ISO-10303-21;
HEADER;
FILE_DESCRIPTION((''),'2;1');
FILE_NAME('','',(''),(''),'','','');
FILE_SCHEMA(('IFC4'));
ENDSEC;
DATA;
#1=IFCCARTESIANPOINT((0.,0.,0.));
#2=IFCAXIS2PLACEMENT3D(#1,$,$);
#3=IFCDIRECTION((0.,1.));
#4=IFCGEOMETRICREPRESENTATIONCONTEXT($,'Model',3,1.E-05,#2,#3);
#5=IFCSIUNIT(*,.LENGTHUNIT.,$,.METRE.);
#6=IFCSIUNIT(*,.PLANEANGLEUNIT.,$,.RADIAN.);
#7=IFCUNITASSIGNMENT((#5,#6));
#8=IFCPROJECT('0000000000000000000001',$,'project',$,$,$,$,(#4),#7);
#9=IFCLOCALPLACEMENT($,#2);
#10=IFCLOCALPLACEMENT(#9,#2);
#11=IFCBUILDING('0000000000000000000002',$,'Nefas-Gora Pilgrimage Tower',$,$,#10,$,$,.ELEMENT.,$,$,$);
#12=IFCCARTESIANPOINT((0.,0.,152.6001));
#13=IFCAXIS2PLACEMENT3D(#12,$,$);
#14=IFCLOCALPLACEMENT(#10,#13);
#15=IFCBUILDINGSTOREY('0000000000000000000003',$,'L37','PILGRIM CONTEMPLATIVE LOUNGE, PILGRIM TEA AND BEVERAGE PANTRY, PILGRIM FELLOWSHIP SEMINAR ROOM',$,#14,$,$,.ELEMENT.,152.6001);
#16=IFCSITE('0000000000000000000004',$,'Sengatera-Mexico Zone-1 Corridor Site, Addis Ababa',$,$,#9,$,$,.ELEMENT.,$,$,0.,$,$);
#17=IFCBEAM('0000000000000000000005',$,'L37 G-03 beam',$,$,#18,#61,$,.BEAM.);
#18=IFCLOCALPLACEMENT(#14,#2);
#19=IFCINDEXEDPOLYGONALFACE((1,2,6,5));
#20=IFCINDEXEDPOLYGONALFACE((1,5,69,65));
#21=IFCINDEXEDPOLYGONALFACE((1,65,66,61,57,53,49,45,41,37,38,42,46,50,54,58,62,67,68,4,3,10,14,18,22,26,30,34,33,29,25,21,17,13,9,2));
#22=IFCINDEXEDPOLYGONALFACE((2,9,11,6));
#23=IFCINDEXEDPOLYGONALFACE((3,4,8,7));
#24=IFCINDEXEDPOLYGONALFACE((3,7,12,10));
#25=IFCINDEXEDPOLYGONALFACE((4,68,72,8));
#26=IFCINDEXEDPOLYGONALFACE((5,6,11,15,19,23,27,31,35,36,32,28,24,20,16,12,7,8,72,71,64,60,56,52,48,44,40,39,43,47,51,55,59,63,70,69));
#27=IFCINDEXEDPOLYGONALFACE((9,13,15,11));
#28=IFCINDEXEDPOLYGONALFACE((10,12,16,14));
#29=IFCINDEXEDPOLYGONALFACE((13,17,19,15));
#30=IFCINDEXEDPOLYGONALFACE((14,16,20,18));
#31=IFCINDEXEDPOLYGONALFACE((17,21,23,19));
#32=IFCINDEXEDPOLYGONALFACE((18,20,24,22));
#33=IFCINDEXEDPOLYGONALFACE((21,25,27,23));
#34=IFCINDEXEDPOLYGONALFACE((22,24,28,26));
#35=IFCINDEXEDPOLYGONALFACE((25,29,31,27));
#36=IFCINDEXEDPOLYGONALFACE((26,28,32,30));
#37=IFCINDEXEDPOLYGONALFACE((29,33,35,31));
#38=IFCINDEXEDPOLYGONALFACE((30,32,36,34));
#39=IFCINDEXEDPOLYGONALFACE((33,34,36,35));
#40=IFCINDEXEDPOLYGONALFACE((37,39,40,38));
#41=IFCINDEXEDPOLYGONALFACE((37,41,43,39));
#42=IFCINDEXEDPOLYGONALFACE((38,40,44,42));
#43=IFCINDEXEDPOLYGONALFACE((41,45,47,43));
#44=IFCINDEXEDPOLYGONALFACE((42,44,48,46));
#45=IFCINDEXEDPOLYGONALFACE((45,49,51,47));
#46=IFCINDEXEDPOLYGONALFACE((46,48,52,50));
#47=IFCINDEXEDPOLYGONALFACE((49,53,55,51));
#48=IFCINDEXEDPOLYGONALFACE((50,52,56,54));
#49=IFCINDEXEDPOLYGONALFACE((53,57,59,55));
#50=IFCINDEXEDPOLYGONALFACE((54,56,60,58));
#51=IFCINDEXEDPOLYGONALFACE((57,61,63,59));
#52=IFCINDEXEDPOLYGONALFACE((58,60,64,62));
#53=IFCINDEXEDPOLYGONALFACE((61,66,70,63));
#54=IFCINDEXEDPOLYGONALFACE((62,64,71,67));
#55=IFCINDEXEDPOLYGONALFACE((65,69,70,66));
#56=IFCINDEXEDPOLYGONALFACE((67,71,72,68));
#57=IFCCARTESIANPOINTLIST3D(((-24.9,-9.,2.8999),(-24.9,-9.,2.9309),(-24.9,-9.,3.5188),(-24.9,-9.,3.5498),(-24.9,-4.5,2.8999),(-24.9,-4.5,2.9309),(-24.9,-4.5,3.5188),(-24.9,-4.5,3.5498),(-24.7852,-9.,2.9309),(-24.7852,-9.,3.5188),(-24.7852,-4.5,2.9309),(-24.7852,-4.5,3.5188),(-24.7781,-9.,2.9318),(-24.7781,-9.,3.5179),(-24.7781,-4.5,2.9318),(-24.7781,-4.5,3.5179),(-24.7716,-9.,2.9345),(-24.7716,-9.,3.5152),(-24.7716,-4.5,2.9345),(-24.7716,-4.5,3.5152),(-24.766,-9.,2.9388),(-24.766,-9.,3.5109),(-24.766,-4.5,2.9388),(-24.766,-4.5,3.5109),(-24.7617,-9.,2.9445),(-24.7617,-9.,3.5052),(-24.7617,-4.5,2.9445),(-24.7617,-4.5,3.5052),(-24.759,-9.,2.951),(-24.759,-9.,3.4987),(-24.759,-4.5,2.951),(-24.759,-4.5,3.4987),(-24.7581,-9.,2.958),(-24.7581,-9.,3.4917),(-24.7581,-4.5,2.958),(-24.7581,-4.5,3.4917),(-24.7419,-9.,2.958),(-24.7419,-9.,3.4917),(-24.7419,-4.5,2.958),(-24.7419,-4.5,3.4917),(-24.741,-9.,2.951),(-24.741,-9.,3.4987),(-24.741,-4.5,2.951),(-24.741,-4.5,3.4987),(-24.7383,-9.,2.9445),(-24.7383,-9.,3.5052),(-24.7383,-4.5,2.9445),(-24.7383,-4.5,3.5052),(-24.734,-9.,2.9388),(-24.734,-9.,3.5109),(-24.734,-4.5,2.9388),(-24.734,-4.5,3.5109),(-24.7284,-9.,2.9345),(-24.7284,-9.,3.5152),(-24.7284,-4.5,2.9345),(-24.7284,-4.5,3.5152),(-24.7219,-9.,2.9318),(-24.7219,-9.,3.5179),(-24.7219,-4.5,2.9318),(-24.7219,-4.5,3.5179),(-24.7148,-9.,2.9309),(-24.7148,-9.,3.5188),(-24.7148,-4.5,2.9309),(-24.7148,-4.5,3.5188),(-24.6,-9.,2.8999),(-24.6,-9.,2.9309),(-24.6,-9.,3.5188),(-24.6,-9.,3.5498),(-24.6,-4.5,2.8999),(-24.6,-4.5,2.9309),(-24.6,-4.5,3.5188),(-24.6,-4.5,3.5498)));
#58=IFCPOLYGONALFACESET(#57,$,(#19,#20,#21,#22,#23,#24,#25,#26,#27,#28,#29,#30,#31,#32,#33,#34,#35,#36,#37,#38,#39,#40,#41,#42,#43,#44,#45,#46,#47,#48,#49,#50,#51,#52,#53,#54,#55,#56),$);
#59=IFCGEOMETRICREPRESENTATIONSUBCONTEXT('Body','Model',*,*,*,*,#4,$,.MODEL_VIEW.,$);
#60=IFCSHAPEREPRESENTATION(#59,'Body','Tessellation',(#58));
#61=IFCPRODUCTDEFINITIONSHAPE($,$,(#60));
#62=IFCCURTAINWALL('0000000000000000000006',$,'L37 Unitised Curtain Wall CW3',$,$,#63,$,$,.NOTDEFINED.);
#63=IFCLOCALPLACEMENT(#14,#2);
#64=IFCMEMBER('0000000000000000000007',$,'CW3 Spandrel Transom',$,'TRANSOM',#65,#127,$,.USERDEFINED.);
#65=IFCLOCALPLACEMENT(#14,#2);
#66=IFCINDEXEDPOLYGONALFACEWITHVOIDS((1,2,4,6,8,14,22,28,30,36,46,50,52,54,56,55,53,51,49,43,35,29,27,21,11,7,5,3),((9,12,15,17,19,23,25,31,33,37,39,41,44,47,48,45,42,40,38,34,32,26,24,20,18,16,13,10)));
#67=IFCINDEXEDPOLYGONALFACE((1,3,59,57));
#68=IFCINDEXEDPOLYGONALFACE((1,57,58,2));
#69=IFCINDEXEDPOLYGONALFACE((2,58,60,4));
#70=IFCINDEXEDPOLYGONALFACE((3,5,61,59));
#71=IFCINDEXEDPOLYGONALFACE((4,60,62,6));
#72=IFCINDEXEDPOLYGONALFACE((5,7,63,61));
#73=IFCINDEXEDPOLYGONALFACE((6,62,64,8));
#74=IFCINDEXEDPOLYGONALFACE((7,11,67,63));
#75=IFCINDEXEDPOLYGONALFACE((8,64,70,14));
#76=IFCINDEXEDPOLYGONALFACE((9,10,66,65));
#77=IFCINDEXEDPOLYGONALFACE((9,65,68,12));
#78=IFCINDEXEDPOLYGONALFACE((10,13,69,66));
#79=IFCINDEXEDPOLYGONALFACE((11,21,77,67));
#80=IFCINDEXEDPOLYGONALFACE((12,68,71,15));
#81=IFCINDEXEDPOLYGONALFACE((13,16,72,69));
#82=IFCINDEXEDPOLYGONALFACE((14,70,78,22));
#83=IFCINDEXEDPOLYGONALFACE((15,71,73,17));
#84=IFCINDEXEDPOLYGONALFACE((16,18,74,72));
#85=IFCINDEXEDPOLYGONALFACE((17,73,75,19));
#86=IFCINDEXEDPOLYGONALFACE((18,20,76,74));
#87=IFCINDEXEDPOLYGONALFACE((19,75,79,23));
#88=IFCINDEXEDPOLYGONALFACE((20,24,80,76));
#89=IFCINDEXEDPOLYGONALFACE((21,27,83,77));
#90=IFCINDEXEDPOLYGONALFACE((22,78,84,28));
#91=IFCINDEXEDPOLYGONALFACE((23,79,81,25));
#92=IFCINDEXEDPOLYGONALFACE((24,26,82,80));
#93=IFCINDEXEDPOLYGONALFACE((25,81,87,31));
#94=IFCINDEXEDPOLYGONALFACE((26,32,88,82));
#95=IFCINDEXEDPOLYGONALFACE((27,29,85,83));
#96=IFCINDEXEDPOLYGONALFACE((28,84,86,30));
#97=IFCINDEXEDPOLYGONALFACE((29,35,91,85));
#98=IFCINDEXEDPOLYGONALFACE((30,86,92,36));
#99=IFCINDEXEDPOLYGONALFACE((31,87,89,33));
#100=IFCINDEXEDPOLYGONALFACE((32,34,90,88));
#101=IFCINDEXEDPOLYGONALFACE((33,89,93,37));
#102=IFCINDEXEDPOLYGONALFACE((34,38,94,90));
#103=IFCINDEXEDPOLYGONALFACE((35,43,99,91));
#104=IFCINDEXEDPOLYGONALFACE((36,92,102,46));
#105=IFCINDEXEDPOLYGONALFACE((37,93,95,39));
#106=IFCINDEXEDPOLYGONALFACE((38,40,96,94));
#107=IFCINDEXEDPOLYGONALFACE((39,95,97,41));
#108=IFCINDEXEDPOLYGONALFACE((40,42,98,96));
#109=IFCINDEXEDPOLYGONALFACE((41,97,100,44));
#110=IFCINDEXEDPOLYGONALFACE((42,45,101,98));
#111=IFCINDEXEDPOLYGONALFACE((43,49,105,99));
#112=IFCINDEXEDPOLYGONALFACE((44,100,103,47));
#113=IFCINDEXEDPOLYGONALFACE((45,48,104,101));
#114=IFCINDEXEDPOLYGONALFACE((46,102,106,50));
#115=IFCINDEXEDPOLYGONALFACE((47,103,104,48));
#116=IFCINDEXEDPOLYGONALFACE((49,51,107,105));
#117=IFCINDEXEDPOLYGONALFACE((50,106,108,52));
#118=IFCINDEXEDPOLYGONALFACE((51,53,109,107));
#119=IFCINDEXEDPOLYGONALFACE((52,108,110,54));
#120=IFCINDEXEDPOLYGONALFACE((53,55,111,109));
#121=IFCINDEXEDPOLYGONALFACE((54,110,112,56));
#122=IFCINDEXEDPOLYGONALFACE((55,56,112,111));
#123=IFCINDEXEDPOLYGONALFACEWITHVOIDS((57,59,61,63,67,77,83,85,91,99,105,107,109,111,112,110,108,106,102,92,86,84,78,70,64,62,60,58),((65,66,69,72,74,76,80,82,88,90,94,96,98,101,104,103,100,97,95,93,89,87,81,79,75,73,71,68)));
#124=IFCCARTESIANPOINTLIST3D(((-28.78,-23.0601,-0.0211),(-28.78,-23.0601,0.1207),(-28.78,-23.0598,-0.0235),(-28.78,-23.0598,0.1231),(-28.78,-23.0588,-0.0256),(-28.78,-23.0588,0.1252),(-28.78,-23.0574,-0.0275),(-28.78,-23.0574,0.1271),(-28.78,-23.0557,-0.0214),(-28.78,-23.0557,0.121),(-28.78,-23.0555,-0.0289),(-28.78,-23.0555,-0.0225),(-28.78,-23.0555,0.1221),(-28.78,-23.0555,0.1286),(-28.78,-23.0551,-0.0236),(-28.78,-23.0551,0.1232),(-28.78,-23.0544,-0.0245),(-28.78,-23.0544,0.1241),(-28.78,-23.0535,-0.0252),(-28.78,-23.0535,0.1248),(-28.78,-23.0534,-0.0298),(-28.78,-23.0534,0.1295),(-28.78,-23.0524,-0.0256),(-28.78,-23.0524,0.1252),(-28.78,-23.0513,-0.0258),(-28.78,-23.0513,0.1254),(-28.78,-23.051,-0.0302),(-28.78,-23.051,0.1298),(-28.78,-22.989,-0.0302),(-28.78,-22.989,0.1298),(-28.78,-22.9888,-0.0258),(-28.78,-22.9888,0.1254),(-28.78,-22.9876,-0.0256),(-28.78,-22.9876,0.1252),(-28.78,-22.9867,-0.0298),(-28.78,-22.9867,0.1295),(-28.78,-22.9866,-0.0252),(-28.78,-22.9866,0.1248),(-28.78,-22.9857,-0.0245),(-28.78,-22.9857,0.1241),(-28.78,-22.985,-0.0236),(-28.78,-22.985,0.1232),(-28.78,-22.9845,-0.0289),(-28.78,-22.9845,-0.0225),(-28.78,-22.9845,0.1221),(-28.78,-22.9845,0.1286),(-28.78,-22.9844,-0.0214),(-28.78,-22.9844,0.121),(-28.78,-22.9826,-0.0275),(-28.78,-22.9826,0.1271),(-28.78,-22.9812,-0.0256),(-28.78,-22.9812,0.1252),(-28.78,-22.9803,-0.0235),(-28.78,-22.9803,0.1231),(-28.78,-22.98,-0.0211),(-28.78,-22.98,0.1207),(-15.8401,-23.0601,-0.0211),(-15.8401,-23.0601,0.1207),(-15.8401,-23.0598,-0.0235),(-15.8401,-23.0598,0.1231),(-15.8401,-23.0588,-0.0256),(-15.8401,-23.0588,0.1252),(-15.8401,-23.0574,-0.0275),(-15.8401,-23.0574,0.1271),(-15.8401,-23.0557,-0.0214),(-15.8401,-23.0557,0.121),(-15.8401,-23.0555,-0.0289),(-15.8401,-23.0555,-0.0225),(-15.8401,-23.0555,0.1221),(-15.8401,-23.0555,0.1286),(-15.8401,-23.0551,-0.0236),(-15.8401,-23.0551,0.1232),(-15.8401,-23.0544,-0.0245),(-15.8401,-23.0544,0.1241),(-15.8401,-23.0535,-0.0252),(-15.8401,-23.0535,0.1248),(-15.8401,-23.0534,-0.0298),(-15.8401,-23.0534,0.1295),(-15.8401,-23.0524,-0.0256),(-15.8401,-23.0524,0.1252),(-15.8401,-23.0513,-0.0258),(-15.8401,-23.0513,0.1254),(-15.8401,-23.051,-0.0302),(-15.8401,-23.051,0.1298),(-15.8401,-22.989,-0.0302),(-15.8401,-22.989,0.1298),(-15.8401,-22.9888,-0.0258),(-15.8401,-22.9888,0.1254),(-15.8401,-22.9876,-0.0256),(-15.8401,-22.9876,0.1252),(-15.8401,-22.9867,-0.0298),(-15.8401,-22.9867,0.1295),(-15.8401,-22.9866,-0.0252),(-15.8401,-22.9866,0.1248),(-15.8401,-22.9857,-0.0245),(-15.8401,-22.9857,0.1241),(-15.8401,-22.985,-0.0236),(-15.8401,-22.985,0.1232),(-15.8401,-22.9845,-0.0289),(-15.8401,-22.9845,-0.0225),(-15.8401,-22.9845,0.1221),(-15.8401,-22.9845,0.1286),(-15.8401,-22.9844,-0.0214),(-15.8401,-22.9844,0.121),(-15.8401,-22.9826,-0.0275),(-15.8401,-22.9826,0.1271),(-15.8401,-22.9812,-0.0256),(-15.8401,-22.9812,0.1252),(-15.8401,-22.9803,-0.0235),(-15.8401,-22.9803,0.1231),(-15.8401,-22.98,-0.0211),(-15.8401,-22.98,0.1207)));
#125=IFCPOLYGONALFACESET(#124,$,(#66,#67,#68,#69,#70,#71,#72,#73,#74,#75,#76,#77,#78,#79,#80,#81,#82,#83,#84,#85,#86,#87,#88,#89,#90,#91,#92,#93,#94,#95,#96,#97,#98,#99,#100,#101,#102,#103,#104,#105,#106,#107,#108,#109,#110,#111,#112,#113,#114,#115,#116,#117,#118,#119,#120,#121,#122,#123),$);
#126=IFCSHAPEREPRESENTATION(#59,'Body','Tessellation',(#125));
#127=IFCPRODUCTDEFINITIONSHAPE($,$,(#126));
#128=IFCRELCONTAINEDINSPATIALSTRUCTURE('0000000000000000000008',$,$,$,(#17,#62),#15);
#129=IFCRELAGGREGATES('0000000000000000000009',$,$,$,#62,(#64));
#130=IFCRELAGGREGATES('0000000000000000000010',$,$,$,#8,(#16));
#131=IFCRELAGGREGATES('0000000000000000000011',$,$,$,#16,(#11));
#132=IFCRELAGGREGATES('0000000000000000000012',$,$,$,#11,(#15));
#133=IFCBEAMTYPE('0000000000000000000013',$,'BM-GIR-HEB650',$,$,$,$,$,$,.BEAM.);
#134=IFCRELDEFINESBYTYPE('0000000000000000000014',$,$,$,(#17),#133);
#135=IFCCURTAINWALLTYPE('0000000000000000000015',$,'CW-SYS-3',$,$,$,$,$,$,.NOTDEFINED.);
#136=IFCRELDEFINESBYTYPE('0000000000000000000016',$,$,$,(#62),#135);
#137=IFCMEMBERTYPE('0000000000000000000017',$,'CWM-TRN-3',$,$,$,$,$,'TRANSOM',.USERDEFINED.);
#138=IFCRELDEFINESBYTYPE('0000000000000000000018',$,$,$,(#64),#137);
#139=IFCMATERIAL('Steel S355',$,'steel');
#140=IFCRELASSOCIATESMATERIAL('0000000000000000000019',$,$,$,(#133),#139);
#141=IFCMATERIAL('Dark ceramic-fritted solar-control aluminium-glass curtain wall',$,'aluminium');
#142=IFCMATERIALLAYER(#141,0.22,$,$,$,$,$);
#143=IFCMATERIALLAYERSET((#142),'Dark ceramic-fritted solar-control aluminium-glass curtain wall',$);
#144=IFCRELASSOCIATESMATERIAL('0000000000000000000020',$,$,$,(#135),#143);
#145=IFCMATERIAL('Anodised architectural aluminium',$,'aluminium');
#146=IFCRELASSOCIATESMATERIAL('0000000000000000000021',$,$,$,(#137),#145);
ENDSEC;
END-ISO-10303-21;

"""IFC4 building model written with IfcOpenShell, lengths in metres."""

from ifc_helpers import new_model, si_unit, direction, frame, origin, origin_2d, place, context, subcontext, project, spatial, hollow_rectangle, i_section, extrude, source, transform, mapped, material, layer, layer_set, material_profile, profile_set, type_object, element, aggregate, save


model = new_model("IFC4")

# Units and contexts
model_context = context("Model", 3, precision=1e-05, world=origin(), true_north=direction((0.0, 1.0)))
body_context = subcontext(model_context, "Body", "Model", "MODEL_VIEW")
ifc_project = project(units=[si_unit("LENGTHUNIT", "METRE"), si_unit("PLANEANGLEUNIT", "RADIAN")], contexts=[model_context])

# Site, building, storey
site_placement = place(None, origin())
site = spatial("IfcSite", under=ifc_project, at=site_placement, Name="Sengatera-Mexico Zone-1 Corridor Site, Addis Ababa", CompositionType="ELEMENT", RefElevation=0.0)
building_placement = place(site_placement, origin())
building = spatial("IfcBuilding", under=site, at=building_placement, Name="Nefas-Gora Pilgrimage Tower", CompositionType="ELEMENT")
storey_placement = place(building_placement, frame((0.0, 0.0, 152.6001)))
storey = spatial("IfcBuildingStorey", under=building, at=storey_placement, Name="L37", Description="PILGRIM CONTEMPLATIVE LOUNGE, PILGRIM TEA AND BEVERAGE PANTRY, PILGRIM FELLOWSHIP SEMINAR ROOM", CompositionType="ELEMENT", Elevation=152.6001)

# Beam
ifc_material_1 = material(Name="Steel S355", Category="steel")
ifc_material_profile_1 = material_profile(ifc_material_1, i_section(OverallWidth=0.3, OverallDepth=0.6499, WebThickness=0.0161, FlangeThickness=0.031, FilletRadius=0.0271, at=origin_2d()), Name="HEB 650")
ifc_profile_set_1 = profile_set([ifc_material_profile_1], Name="Steel S355")
beam_type_1 = type_object("IfcBeamType", Name="BM-GIR-HEB650", PredefinedType="BEAM", material=ifc_profile_set_1)
shared_shape_1 = source(origin(), body_context, "Body", "SweptSolid", [
    extrude(i_section(OverallWidth=0.3, OverallDepth=0.6499, WebThickness=0.0161, FlangeThickness=0.031, FilletRadius=0.0271, at=origin_2d()), origin(), (0.0, 0.0, 1.0), 4.5),
])
for number, where, z_axis, x_axis, name in (
    (1, (-24.75, -9.0, 3.2249), (0.0, 1.0, 0.0), (-1.0, 0.0, 0.0), "L37 G-03 beam"),
):
    element("IfcBeam", number, at=place(storey_placement, frame(where, z_axis=z_axis, x_axis=x_axis)), inside=storey, type_object=beam_type_1, Name=name, PredefinedType="BEAM", context=body_context, shape_type="MappedRepresentation", body=[
        mapped(shared_shape_1, transform((0.0, 0.0, 0.0), x_axis=(1.0, 0.0, 0.0), y_axis=(0.0, 1.0, 0.0), z_axis=(0.0, 0.0, 1.0), scale=1.0)),
    ])

# Curtain wall, member
ifc_material_2 = material(Name="Dark ceramic-fritted solar-control aluminium-glass curtain wall", Category="aluminium")
ifc_layer_1 = layer(ifc_material_2, 0.22)
ifc_layer_set_1 = layer_set([ifc_layer_1], Name="Dark ceramic-fritted solar-control aluminium-glass curtain wall")
curtain_wall_type = type_object("IfcCurtainWallType", Name="CW-SYS-3", PredefinedType="NOTDEFINED", material=ifc_layer_set_1)
curtain_wall_1_placement = place(storey_placement, origin())
curtain_wall_1 = element("IfcCurtainWall", 2, at=curtain_wall_1_placement, inside=storey, type_object=curtain_wall_type, Name="L37 Unitised Curtain Wall CW3", PredefinedType="NOTDEFINED")
ifc_material_3 = material(Name="Anodised architectural aluminium", Category="aluminium")
ifc_material_profile_2 = material_profile(ifc_material_3, hollow_rectangle(XDim=0.0801, YDim=0.1599, WallThickness=0.0044, InnerFilletRadius=0.0044, OuterFilletRadius=0.009, at=origin_2d()), Name="ALU TRANSOM 80x160")
ifc_profile_set_2 = profile_set([ifc_material_profile_2], Name="Anodised architectural aluminium")
member_type_1 = type_object("IfcMemberType", Name="CWM-TRN-3", ElementType="TRANSOM", PredefinedType="USERDEFINED", material=ifc_profile_set_2)
shared_shape_2 = source(origin(), body_context, "Body", "SweptSolid", [
    extrude(hollow_rectangle(XDim=0.0801, YDim=0.1599, WallThickness=0.0044, InnerFilletRadius=0.0044, OuterFilletRadius=0.009, at=origin_2d()), origin(), (0.0, 0.0, 1.0), 12.9399),
])
member_1_placement = place(storey_placement, frame((-28.78, -23.02, 0.0498), z_axis=(1.0, 0.0, 0.0), x_axis=(0.0, 1.0, 0.0)))
member_1 = element("IfcMember", 3, at=member_1_placement, type_object=member_type_1, Name="CW3 Spandrel Transom", ObjectType="TRANSOM", PredefinedType="USERDEFINED", context=body_context, shape_type="MappedRepresentation", body=[
    mapped(shared_shape_2, transform((0.0, 0.0, 0.0), x_axis=(1.0, 0.0, 0.0), y_axis=(0.0, 1.0, 0.0), z_axis=(0.0, 0.0, 1.0), scale=1.0)),
])

aggregate(curtain_wall_1, [member_1])

save(model, "model.ifc")
